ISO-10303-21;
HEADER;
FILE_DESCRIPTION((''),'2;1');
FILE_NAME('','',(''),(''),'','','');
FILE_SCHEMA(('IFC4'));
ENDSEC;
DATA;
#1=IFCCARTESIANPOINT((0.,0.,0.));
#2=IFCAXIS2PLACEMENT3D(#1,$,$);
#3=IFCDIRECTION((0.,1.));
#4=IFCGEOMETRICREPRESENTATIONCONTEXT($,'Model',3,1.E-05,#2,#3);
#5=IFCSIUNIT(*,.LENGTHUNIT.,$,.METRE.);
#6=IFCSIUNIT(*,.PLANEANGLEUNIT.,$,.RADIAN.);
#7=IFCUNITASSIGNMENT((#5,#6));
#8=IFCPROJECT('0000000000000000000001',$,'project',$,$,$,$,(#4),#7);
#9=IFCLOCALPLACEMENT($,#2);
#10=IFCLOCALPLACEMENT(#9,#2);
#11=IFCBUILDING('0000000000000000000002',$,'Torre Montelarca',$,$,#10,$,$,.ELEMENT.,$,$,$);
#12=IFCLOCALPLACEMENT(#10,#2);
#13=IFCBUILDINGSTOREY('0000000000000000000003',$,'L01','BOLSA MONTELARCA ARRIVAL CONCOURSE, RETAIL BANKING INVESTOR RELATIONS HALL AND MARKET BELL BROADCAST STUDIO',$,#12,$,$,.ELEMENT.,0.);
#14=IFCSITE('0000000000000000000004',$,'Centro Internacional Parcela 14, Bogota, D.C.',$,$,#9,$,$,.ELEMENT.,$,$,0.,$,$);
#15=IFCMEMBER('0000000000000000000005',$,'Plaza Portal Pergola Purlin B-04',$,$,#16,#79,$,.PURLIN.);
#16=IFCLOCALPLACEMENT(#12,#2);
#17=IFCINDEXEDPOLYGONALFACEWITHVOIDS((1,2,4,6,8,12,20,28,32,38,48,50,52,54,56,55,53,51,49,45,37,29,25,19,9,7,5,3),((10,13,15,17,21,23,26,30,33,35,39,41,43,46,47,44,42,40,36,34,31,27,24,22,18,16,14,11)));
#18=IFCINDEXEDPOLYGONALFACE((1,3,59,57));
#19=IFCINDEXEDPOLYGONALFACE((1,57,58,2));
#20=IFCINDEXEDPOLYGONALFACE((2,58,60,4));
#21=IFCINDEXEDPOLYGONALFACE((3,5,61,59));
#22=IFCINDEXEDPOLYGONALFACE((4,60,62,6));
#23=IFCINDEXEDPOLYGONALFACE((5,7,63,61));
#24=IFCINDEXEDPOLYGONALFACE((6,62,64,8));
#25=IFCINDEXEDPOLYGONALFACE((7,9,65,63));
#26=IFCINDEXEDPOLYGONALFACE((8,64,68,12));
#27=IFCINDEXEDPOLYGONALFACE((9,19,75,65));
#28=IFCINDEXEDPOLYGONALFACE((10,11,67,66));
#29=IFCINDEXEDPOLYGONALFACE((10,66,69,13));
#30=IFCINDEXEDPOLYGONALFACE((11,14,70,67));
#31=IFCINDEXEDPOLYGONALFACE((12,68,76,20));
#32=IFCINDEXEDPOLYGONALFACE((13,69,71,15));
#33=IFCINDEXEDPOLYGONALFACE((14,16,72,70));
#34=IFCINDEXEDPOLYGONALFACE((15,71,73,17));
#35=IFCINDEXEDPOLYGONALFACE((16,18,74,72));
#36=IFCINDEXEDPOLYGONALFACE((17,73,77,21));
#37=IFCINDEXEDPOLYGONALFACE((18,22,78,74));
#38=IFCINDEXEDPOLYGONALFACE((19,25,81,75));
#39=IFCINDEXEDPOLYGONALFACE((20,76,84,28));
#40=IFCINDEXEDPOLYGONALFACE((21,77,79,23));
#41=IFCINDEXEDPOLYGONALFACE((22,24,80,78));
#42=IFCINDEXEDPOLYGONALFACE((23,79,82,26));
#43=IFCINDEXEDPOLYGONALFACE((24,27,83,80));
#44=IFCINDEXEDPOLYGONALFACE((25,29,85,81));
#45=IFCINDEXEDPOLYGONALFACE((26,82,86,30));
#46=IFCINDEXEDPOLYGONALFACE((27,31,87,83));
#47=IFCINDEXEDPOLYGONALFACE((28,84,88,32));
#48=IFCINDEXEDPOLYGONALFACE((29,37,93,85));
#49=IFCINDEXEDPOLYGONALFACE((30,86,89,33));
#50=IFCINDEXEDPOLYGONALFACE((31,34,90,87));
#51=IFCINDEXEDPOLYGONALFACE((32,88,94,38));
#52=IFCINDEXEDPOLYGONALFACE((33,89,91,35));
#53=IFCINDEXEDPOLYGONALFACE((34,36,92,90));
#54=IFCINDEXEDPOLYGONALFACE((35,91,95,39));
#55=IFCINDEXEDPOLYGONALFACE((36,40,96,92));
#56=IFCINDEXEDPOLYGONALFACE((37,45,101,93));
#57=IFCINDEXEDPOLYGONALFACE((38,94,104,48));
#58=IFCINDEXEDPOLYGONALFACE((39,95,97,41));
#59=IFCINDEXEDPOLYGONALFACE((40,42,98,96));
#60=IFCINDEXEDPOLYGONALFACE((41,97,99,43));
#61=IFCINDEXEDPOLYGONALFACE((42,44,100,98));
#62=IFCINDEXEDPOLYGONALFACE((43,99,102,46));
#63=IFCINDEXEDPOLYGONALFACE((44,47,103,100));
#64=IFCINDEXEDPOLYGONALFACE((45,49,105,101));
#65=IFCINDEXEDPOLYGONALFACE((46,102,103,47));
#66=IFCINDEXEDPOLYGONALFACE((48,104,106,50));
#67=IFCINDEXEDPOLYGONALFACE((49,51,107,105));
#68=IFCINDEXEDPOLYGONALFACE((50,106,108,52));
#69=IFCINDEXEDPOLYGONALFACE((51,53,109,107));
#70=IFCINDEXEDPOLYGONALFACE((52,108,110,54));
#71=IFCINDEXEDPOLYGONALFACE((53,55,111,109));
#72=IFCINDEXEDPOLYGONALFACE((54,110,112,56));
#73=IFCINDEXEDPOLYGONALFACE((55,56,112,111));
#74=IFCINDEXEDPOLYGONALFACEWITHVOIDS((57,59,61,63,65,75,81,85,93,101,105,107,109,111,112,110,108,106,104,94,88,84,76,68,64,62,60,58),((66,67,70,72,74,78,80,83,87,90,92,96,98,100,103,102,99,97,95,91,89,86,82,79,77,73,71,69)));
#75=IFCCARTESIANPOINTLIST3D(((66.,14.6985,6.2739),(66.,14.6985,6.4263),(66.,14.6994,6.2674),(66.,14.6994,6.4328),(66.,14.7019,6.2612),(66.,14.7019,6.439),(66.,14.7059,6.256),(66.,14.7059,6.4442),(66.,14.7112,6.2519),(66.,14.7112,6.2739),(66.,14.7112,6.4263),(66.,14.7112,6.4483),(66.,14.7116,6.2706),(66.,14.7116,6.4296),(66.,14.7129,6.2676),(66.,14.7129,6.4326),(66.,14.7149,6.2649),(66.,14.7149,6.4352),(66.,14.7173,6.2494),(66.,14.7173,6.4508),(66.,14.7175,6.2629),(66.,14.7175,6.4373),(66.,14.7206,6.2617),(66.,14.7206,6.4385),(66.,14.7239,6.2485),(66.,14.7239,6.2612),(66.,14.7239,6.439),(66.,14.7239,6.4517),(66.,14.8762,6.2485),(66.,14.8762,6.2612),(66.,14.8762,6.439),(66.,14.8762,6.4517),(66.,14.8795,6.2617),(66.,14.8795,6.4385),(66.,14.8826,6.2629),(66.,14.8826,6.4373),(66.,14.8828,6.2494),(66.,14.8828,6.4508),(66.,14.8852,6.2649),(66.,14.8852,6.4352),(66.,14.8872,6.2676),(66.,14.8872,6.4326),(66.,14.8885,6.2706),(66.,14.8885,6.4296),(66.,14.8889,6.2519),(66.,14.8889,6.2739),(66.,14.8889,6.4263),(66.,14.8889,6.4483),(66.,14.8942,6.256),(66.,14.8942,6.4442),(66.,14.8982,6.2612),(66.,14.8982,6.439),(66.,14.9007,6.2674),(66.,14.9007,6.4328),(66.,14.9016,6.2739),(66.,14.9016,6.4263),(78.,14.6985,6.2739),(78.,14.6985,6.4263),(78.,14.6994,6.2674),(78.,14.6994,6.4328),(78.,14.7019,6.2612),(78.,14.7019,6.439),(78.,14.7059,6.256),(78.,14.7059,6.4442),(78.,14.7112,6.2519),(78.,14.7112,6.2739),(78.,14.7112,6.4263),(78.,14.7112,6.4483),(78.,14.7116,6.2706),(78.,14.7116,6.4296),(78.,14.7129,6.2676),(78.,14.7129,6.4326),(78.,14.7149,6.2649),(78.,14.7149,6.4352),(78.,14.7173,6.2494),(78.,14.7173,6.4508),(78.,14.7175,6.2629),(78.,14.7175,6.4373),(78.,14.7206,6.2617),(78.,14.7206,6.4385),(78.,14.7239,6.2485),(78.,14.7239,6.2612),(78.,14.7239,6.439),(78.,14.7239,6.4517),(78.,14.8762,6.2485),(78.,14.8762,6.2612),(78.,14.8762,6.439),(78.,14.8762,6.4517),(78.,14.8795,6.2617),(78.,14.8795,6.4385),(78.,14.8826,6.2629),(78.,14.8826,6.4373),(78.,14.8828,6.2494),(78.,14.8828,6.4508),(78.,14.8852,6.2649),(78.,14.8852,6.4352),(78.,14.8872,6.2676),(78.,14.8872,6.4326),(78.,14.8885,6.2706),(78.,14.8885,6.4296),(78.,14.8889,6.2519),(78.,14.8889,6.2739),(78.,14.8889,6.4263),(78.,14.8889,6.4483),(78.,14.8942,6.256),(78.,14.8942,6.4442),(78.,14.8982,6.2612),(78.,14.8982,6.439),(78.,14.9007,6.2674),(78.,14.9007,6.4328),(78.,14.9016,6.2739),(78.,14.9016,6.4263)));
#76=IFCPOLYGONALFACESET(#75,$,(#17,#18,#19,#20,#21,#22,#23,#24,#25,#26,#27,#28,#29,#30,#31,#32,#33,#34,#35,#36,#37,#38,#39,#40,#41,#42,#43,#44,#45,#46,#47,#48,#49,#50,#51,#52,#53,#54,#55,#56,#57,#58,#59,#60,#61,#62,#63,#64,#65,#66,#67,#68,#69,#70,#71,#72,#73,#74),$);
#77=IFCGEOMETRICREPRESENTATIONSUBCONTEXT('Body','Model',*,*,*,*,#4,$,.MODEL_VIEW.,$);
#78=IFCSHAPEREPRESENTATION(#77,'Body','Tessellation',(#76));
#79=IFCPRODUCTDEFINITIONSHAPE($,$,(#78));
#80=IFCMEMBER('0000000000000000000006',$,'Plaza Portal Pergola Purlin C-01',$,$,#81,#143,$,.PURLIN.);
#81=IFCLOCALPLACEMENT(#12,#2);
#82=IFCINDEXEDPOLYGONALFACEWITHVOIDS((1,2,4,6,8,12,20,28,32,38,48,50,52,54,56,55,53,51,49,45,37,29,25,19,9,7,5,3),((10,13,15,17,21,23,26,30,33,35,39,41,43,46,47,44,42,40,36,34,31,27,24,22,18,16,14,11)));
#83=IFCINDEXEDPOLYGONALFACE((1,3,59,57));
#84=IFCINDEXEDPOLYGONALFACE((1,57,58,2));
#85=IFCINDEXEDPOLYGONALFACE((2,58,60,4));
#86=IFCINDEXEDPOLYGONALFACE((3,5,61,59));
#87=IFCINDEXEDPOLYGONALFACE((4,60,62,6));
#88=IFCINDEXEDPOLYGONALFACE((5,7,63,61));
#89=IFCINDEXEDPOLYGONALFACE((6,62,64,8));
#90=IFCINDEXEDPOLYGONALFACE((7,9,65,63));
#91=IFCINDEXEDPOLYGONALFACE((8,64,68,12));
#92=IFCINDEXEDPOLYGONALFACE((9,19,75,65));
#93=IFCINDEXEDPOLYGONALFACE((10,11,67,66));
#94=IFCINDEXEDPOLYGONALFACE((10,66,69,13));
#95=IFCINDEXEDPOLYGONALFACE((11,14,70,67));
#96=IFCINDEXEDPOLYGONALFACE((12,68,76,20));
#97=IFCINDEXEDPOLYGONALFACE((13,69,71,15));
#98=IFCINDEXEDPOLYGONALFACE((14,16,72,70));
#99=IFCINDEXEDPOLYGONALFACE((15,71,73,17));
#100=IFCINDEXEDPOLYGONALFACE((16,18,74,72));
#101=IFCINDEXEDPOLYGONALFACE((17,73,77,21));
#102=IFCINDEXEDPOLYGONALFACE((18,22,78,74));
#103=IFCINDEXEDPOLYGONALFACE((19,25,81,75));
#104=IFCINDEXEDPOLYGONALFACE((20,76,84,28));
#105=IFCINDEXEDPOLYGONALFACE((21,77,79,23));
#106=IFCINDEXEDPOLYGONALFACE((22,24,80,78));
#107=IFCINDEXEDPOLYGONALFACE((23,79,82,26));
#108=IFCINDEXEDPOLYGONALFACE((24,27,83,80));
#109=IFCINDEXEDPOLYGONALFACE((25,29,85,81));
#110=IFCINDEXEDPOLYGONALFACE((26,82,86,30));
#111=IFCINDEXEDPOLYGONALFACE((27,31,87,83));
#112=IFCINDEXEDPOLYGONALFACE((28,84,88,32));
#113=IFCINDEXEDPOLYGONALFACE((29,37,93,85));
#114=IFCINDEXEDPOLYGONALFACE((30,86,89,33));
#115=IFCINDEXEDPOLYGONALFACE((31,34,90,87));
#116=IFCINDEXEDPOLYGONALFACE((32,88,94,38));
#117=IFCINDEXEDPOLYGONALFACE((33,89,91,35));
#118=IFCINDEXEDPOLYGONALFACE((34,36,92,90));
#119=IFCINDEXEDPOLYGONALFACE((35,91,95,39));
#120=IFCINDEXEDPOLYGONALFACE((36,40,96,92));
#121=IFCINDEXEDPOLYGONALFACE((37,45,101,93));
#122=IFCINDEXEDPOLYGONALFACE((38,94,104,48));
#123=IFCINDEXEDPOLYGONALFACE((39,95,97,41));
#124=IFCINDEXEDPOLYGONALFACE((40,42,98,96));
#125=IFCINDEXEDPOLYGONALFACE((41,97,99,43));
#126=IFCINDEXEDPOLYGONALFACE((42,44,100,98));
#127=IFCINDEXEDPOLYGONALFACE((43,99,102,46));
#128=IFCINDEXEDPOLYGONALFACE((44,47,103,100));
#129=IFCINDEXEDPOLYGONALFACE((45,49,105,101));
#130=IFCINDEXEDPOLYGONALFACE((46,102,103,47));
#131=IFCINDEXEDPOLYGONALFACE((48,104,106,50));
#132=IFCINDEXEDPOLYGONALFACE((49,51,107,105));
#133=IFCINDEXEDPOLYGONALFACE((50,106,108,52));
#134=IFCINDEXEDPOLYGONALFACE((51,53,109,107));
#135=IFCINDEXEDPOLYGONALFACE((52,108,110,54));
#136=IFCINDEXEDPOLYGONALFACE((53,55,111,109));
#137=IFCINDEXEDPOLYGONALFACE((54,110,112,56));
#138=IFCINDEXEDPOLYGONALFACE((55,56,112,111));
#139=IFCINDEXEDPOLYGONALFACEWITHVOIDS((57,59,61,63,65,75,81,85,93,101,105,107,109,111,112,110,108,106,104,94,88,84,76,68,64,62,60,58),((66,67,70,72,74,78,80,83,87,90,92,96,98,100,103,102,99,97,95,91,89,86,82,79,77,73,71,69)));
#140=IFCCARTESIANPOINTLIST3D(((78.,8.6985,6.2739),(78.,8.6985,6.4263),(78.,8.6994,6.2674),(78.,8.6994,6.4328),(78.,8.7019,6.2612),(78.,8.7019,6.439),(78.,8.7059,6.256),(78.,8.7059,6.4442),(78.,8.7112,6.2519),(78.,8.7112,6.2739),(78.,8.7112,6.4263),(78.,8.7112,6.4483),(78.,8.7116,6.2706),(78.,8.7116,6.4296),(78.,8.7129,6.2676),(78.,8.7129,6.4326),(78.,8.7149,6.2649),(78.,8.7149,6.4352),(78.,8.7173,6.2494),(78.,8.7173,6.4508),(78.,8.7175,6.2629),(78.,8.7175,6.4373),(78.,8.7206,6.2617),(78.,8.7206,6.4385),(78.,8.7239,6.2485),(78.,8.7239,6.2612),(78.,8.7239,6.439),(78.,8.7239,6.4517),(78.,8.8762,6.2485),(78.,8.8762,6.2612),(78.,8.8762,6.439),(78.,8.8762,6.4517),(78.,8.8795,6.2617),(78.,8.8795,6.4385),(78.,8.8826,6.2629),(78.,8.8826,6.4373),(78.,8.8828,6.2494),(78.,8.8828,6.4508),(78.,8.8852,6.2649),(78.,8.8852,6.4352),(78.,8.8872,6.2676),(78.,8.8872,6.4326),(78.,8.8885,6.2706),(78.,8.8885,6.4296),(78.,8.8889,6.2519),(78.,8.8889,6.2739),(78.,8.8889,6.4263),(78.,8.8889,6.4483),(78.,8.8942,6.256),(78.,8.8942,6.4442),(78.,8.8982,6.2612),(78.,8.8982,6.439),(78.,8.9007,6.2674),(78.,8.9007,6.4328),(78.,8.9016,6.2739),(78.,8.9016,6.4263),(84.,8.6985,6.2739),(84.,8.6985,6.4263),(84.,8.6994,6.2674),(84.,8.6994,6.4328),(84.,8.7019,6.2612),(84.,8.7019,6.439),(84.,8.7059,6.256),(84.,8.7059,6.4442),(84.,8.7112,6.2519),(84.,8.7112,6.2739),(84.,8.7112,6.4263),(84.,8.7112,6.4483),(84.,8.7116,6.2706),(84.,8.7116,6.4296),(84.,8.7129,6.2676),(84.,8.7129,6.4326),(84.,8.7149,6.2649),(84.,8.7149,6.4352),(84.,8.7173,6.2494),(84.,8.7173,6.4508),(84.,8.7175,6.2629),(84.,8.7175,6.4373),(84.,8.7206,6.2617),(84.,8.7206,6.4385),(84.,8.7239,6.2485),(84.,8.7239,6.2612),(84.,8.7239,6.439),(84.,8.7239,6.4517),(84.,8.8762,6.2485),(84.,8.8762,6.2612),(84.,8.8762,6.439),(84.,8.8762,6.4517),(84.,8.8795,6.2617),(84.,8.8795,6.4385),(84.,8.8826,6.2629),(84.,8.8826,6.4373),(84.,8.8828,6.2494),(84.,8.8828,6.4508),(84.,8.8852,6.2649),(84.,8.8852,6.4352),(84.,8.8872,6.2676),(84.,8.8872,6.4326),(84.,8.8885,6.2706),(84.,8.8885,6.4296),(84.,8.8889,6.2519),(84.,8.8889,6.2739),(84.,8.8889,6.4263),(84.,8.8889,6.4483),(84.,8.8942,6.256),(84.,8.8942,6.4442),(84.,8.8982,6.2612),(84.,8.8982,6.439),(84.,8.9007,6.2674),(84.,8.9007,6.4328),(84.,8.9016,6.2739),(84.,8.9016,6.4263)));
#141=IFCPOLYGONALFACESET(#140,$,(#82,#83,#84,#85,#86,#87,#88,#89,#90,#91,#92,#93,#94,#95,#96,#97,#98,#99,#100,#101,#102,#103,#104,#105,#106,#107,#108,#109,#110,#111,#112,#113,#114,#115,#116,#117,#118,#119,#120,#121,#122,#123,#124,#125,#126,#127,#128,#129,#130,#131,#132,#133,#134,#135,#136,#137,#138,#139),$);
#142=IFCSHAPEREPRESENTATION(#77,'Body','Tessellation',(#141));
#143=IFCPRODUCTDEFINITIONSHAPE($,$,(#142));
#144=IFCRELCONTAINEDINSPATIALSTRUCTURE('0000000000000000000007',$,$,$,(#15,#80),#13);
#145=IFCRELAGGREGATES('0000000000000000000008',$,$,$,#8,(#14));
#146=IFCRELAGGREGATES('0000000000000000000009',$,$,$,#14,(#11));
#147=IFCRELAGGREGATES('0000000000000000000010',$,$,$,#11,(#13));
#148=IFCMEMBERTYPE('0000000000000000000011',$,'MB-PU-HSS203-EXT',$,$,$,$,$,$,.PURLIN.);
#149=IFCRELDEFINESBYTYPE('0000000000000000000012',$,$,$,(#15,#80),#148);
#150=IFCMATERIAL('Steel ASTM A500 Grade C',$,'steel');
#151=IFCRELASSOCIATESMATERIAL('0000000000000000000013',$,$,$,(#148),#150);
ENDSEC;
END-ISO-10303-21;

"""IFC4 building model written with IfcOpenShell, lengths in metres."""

from ifc_helpers import new_model, si_unit, direction, frame, origin, origin_2d, place, context, subcontext, project, spatial, hollow_rectangle, extrude, source, transform, mapped, material, material_profile, profile_set, type_object, element, save


model = new_model("IFC4")

# Units and contexts
model_context = context("Model", 3, precision=1e-05, world=origin(), true_north=direction((0.0, 1.0)))
body_context = subcontext(model_context, "Body", "Model", "MODEL_VIEW")
ifc_project = project(units=[si_unit("LENGTHUNIT", "METRE"), si_unit("PLANEANGLEUNIT", "RADIAN")], contexts=[model_context])

# Site, building, storey
site_placement = place(None, origin())
site = spatial("IfcSite", under=ifc_project, at=site_placement, Name="Centro Internacional Parcela 14, Bogota, D.C.", CompositionType="ELEMENT", RefElevation=0.0)
building_placement = place(site_placement, origin())
building = spatial("IfcBuilding", under=site, at=building_placement, Name="Torre Montelarca", CompositionType="ELEMENT")
storey_placement = place(building_placement, origin())
storey = spatial("IfcBuildingStorey", under=building, at=storey_placement, Name="L01", Description="BOLSA MONTELARCA ARRIVAL CONCOURSE, RETAIL BANKING INVESTOR RELATIONS HALL AND MARKET BELL BROADCAST STUDIO", CompositionType="ELEMENT", Elevation=0.0)

# Members
ifc_material_1 = material(Name="Steel ASTM A500 Grade C", Category="steel")
ifc_material_profile_1 = material_profile(ifc_material_1, hollow_rectangle(XDim=0.2031, YDim=0.2031, WallThickness=0.0127, InnerFilletRadius=0.0127, OuterFilletRadius=0.0254, at=origin_2d()), Name="HSS203X203X12.7", Category="steel")
ifc_profile_set_1 = profile_set([ifc_material_profile_1], Name="Steel ASTM A500 Grade C")
member_type = type_object("IfcMemberType", Name="MB-PU-HSS203-EXT", PredefinedType="PURLIN", material=ifc_profile_set_1)
shared_shape_1 = source(origin(), body_context, "Body", "SweptSolid", [
    extrude(hollow_rectangle(XDim=0.2031, YDim=0.2031, WallThickness=0.0127, InnerFilletRadius=0.0127, OuterFilletRadius=0.0254, at=origin_2d()), origin(), (0.0, 0.0, 1.0), 12.0),
])
for number, where, z_axis, x_axis, name in (
    (1, (66.0, 14.8, 6.3501), (1.0, 0.0, 0.0), (0.0, 1.0, 0.0), "Plaza Portal Pergola Purlin B-04"),
):
    element("IfcMember", number, at=place(storey_placement, frame(where, z_axis=z_axis, x_axis=x_axis)), inside=storey, type_object=member_type, Name=name, PredefinedType="PURLIN", context=body_context, shape_type="MappedRepresentation", body=[
        mapped(shared_shape_1, transform((0.0, 0.0, 0.0), scale=1.0)),
    ])
shared_shape_2 = source(origin(), body_context, "Body", "SweptSolid", [
    extrude(hollow_rectangle(XDim=0.2031, YDim=0.2031, WallThickness=0.0127, InnerFilletRadius=0.0127, OuterFilletRadius=0.0254, at=origin_2d()), origin(), (0.0, 0.0, 1.0), 6.0),
])
for number, where, z_axis, x_axis, name in (
    (2, (78.0, 8.8, 6.3501), (1.0, 0.0, 0.0), (0.0, 1.0, 0.0), "Plaza Portal Pergola Purlin C-01"),
):
    element("IfcMember", number, at=place(storey_placement, frame(where, z_axis=z_axis, x_axis=x_axis)), inside=storey, type_object=member_type, Name=name, PredefinedType="PURLIN", context=body_context, shape_type="MappedRepresentation", body=[
        mapped(shared_shape_2, transform((0.0, 0.0, 0.0), scale=1.0)),
    ])

save(model, "model.ifc")
